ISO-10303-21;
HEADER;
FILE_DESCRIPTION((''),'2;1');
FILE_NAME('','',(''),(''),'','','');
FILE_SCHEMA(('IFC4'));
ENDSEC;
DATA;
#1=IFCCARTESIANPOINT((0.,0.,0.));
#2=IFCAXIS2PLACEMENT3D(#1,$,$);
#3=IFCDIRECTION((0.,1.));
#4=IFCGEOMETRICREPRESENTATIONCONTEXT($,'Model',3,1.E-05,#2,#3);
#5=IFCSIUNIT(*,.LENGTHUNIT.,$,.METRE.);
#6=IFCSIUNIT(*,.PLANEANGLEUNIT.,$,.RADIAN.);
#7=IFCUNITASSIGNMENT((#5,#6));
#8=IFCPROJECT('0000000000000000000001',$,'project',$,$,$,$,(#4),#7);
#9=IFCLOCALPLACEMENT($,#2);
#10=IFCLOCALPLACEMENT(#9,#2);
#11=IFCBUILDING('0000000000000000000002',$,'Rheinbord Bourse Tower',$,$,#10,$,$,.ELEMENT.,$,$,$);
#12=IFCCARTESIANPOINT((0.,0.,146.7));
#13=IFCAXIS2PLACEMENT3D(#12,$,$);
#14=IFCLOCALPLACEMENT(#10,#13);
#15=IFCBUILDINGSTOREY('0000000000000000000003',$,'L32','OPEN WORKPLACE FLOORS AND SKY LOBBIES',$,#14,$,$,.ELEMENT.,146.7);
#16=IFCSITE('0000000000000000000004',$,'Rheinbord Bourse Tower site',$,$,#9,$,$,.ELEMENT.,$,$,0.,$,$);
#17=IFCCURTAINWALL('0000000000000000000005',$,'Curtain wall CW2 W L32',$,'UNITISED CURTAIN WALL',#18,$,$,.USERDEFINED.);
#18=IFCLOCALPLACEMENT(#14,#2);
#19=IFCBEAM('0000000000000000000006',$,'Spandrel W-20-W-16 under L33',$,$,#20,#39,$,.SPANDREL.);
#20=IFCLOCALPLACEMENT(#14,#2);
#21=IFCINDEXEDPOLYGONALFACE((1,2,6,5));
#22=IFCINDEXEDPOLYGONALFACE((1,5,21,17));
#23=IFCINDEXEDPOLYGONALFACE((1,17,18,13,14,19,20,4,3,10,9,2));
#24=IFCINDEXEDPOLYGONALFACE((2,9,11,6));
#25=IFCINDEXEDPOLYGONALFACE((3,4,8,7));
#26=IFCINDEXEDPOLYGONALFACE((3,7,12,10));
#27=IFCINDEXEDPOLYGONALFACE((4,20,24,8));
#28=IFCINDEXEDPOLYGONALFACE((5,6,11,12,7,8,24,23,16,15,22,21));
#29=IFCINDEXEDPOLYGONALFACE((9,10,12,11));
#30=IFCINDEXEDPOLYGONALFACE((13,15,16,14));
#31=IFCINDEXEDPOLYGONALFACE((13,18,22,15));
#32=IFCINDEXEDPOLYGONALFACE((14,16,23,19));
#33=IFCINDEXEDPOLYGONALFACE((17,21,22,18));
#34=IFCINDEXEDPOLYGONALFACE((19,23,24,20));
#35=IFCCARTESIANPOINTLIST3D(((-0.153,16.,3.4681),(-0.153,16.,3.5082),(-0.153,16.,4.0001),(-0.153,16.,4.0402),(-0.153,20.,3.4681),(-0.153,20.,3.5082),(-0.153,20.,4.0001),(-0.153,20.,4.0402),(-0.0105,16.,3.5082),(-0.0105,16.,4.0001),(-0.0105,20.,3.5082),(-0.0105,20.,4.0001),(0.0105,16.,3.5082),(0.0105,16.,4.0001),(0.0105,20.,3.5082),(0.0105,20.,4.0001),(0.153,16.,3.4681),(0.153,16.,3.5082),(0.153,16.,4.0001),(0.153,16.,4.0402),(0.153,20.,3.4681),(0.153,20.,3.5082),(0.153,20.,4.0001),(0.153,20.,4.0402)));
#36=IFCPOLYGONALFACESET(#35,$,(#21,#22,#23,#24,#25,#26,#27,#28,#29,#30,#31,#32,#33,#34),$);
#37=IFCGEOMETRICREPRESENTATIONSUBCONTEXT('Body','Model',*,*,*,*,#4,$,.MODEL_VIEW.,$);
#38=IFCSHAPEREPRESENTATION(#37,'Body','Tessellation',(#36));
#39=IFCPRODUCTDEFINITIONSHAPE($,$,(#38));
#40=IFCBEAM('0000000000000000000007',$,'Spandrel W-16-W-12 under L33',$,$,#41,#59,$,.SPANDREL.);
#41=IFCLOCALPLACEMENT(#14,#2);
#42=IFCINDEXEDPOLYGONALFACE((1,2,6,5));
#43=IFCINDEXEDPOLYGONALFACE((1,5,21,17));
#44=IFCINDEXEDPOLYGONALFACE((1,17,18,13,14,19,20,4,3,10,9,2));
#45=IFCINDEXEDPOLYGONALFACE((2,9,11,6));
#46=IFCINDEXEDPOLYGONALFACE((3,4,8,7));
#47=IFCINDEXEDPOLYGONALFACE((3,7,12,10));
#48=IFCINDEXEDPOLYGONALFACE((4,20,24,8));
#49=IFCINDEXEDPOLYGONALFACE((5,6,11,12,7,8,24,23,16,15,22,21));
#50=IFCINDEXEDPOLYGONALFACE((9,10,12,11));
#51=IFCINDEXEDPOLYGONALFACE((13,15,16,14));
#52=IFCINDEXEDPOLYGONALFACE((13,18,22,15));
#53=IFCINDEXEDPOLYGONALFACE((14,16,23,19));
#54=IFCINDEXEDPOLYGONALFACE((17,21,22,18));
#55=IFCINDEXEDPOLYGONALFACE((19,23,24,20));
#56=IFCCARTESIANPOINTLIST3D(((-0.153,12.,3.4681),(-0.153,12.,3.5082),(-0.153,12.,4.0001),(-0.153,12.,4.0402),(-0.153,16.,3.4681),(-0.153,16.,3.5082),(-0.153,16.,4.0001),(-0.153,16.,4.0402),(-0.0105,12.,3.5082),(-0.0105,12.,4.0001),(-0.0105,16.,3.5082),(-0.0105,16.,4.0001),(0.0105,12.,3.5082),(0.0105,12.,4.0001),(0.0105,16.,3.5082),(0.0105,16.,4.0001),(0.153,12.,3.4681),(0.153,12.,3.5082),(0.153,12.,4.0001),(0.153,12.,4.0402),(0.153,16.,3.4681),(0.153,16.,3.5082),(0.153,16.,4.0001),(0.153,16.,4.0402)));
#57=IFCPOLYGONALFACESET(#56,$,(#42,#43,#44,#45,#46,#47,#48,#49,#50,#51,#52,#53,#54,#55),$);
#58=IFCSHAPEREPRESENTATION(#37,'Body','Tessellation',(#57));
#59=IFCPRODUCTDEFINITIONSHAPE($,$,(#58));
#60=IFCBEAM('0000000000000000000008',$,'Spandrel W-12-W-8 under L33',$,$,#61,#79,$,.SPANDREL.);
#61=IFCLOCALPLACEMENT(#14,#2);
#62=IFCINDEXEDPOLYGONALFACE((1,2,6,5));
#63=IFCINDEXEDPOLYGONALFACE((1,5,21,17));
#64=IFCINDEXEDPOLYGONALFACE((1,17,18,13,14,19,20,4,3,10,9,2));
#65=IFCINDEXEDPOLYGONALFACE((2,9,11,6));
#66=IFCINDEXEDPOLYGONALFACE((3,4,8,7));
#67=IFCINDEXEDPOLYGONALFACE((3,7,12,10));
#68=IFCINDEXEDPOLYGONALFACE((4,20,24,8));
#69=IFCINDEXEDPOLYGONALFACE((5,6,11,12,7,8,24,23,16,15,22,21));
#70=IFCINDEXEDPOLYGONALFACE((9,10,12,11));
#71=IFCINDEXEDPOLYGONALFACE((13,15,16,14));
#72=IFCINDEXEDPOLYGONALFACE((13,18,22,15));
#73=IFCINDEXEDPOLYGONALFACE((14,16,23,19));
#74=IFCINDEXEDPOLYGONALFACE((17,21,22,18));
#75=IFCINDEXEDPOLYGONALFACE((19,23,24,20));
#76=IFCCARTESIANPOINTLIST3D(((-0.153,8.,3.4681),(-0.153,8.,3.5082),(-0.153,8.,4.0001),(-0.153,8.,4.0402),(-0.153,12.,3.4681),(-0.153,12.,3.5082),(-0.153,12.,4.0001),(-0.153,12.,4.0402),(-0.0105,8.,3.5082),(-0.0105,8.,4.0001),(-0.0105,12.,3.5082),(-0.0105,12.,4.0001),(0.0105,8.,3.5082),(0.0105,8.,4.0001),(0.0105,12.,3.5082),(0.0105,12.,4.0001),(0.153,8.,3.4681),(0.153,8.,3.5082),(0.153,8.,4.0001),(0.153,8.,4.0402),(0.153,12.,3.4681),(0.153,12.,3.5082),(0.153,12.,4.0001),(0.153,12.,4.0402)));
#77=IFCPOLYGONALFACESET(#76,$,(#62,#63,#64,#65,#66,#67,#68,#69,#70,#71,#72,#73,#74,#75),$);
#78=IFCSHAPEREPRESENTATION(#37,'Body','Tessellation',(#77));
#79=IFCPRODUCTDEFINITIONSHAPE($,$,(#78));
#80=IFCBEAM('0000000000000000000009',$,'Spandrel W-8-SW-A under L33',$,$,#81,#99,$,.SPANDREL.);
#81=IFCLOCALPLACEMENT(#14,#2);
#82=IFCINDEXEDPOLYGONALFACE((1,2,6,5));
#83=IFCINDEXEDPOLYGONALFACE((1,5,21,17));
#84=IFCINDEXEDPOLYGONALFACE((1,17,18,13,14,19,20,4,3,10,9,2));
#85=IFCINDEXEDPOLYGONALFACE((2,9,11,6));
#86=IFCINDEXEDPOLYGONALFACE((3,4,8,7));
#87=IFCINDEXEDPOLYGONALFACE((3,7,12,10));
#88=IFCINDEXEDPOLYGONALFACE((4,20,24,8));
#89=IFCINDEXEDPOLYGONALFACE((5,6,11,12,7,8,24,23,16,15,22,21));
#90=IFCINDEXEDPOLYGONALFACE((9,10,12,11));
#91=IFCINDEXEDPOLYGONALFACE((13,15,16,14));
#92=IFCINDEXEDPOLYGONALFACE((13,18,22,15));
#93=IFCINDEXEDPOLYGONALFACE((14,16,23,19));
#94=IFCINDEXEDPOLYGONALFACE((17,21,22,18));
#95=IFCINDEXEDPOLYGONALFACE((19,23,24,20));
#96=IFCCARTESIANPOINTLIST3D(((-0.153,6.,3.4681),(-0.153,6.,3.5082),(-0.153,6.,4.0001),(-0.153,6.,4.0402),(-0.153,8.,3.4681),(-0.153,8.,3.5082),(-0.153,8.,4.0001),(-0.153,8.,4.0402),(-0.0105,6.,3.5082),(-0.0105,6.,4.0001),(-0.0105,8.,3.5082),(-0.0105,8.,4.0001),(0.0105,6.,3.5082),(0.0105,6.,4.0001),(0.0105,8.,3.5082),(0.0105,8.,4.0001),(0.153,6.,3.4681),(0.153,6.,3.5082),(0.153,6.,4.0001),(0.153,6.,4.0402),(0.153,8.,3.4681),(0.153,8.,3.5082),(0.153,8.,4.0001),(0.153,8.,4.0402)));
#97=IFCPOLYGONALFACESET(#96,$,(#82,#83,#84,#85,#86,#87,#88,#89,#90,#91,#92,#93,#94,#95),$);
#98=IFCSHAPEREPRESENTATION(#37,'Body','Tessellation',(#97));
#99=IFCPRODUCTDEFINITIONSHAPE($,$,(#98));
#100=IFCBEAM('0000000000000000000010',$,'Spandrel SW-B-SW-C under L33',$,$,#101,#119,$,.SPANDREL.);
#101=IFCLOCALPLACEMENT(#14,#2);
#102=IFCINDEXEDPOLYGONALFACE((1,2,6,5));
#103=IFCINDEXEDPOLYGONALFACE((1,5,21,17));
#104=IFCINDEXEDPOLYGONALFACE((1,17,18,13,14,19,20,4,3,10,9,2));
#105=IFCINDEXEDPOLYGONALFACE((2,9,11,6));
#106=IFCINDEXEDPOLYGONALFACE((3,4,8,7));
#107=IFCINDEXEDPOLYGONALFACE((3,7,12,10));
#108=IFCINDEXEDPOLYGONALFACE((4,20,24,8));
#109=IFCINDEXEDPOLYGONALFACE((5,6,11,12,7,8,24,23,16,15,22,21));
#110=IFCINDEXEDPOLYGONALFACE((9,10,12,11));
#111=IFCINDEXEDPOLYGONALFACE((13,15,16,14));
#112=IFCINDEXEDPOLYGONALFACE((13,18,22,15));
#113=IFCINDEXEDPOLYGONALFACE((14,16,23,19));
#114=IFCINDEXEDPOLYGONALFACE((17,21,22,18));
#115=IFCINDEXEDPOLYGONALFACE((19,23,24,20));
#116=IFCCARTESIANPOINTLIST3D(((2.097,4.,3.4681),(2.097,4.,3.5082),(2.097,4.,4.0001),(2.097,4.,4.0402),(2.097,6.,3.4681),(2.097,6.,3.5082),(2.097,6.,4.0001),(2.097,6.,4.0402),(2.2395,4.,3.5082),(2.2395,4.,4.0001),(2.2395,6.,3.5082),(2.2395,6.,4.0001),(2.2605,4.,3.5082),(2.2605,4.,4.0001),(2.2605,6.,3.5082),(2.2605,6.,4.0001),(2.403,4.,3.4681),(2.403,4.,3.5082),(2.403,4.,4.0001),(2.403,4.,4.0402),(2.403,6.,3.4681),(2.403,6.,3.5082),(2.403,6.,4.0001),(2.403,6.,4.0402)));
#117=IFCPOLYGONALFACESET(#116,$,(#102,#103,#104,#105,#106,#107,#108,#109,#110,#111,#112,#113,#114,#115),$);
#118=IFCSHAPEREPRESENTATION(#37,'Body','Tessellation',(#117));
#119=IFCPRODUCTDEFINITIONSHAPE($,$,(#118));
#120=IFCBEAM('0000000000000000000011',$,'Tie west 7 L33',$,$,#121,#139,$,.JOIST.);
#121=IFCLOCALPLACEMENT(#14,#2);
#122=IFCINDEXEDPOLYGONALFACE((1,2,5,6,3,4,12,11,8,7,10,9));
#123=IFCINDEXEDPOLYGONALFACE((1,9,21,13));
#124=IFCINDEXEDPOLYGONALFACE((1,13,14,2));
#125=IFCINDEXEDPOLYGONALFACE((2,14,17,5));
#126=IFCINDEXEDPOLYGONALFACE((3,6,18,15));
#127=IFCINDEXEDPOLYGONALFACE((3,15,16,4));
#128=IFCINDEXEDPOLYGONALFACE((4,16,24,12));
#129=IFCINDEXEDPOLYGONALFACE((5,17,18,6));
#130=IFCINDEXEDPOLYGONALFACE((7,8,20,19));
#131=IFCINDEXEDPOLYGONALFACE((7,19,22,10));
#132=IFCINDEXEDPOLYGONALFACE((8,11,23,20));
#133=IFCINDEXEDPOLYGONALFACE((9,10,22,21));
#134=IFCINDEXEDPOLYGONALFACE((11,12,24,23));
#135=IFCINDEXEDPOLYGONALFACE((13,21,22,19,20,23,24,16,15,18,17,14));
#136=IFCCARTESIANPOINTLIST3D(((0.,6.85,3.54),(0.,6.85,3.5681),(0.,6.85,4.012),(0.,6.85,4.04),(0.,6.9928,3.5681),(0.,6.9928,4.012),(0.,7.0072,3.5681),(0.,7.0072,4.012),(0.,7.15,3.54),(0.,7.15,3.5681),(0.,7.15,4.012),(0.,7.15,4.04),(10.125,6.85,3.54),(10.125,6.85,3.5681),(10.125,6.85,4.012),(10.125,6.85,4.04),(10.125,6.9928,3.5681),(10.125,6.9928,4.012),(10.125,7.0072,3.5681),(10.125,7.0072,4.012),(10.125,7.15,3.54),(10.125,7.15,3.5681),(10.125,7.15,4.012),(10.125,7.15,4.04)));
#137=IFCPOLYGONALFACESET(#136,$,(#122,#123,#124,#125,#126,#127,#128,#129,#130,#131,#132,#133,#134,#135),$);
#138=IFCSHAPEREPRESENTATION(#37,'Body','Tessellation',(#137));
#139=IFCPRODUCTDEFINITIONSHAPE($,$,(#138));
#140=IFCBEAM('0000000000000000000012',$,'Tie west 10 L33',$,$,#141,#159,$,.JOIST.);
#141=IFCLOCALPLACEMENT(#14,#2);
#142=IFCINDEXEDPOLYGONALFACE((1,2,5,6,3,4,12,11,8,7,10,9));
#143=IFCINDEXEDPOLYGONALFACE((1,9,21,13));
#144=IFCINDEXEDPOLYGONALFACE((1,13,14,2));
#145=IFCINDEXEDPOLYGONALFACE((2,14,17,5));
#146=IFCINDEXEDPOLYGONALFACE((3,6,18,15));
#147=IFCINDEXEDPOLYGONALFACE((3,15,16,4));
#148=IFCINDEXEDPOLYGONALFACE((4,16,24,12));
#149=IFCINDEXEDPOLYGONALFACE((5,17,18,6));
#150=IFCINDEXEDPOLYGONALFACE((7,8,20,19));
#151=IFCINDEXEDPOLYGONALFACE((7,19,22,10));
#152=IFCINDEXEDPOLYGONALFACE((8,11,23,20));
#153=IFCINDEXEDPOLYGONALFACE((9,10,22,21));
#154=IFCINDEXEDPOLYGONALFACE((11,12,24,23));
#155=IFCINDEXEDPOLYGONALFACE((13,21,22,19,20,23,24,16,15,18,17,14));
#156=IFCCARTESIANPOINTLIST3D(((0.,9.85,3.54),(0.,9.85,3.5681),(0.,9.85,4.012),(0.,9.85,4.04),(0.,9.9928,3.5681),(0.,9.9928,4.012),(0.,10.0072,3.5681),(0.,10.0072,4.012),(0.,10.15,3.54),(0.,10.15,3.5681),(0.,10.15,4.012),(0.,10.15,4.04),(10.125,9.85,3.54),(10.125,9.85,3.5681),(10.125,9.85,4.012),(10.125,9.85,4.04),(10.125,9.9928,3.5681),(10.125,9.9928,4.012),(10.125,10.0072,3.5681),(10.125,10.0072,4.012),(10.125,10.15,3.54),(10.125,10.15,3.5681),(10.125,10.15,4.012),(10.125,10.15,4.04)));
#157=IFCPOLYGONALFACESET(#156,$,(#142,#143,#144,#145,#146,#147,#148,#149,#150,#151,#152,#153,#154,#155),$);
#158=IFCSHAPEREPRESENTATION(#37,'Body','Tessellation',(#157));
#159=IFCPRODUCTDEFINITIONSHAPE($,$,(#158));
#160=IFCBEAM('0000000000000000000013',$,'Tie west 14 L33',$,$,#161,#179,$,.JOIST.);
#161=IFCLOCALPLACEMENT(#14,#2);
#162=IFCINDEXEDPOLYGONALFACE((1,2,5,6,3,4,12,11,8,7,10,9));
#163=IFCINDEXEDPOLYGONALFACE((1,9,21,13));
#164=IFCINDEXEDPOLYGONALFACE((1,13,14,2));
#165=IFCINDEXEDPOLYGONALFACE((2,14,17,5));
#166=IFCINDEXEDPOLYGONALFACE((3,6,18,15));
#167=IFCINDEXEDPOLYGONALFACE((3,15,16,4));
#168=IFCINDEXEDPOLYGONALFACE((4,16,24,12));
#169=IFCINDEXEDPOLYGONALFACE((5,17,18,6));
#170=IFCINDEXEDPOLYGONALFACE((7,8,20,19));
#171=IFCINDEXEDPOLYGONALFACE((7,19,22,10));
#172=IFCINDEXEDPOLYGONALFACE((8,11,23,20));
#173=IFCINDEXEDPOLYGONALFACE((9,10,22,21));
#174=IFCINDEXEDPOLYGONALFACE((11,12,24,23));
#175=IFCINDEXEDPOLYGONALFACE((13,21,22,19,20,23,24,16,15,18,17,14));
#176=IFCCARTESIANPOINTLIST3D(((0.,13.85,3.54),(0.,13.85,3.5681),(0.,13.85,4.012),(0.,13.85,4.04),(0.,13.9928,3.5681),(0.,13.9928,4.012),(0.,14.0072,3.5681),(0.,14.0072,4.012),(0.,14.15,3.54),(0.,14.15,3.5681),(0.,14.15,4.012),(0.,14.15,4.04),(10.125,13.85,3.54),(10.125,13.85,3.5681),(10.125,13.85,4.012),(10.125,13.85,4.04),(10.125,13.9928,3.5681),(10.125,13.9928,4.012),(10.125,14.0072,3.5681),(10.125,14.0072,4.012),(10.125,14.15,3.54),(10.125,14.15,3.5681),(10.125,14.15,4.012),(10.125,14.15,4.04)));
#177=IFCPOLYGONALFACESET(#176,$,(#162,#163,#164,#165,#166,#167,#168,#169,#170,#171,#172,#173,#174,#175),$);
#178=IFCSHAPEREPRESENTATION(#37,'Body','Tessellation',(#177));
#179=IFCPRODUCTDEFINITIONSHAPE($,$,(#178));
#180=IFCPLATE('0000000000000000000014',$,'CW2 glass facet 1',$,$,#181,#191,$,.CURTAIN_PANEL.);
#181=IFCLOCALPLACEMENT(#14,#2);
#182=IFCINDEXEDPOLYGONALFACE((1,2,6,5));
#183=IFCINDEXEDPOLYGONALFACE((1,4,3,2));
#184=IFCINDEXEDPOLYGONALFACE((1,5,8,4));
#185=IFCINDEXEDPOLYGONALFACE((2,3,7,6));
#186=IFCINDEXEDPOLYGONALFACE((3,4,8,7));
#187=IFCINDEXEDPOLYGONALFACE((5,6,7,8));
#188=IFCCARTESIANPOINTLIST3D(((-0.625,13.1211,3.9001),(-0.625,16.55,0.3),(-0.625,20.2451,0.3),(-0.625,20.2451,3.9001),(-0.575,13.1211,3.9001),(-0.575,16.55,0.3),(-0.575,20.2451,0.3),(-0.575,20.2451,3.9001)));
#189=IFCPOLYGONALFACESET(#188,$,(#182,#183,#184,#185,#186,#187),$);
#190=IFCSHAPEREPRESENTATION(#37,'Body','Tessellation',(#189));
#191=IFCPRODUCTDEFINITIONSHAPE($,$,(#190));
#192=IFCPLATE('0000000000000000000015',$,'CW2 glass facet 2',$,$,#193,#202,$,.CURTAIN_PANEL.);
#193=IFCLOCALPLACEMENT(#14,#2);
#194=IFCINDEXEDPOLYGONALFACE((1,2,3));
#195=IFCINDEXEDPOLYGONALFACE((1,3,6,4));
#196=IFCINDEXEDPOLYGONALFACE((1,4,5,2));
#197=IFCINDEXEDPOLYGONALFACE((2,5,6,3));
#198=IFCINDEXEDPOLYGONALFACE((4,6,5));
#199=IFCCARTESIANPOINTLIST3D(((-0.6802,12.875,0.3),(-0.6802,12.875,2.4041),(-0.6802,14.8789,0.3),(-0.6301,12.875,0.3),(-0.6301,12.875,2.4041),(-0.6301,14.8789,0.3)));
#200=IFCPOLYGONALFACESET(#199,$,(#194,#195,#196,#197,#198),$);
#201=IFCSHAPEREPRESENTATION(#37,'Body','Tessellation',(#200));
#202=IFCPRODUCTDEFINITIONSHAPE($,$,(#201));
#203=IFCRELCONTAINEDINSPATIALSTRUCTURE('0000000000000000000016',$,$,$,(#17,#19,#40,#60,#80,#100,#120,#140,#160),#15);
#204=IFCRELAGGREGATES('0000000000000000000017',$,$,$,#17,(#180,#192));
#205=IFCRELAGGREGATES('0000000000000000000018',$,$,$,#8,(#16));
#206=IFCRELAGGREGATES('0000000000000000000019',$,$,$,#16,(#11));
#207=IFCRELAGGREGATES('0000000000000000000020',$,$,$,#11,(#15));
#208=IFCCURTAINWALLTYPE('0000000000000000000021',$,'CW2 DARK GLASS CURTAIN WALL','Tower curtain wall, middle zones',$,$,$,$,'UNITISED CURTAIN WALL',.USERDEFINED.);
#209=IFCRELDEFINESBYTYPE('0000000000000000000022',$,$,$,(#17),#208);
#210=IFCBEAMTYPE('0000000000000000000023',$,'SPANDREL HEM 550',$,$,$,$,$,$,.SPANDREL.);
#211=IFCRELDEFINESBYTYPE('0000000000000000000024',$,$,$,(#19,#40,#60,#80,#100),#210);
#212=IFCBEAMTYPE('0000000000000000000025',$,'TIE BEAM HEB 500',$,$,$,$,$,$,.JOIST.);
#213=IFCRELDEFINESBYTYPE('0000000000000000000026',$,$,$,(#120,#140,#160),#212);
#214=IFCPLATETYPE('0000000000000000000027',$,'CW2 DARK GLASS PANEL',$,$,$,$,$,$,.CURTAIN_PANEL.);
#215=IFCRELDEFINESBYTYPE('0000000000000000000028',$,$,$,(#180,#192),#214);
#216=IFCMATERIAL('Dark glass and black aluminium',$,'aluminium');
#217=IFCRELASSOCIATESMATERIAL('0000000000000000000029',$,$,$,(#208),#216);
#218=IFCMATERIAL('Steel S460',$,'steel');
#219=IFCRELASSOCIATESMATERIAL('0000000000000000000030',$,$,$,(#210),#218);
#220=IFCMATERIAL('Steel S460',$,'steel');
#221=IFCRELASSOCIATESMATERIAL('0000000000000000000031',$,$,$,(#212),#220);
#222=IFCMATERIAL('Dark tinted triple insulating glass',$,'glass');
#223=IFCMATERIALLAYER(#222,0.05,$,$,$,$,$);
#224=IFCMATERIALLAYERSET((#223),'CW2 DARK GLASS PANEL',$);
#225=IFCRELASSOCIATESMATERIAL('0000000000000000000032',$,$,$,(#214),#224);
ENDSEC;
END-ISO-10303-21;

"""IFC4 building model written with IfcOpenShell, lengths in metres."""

from ifc_helpers import new_model, si_unit, direction, frame, origin, origin_2d, place, context, subcontext, project, spatial, polyline, i_section, outline, extrude, material, layer, layer_set, material_profile, profile_set, type_object, element, aggregate, save


model = new_model("IFC4")

# Units and contexts
model_context = context("Model", 3, precision=1e-05, world=origin(), true_north=direction((0.0, 1.0)))
body_context = subcontext(model_context, "Body", "Model", "MODEL_VIEW")
ifc_project = project(units=[si_unit("LENGTHUNIT", "METRE"), si_unit("PLANEANGLEUNIT", "RADIAN")], contexts=[model_context])

# Site, building, storey
site_placement = place(None, origin())
site = spatial("IfcSite", under=ifc_project, at=site_placement, Name="Rheinbord Bourse Tower site", CompositionType="ELEMENT", RefElevation=0.0)
building_placement = place(site_placement, origin())
building = spatial("IfcBuilding", under=site, at=building_placement, Name="Rheinbord Bourse Tower", CompositionType="ELEMENT")
storey_placement = place(building_placement, frame((0.0, 0.0, 146.7)))
storey = spatial("IfcBuildingStorey", under=building, at=storey_placement, Name="L32", Description="OPEN WORKPLACE FLOORS AND SKY LOBBIES", CompositionType="ELEMENT", Elevation=146.7)

# Curtain wall
ifc_material_1 = material(Name="Dark glass and black aluminium", Category="aluminium")
curtain_wall_type = type_object("IfcCurtainWallType", Name="CW2 DARK GLASS CURTAIN WALL", Description="Tower curtain wall, middle zones", ElementType="UNITISED CURTAIN WALL", PredefinedType="USERDEFINED", material=ifc_material_1)
curtain_wall_placement = place(storey_placement, origin())
curtain_wall = element("IfcCurtainWall", 1, at=curtain_wall_placement, inside=storey, type_object=curtain_wall_type, Name="Curtain wall CW2 W L32", ObjectType="UNITISED CURTAIN WALL", PredefinedType="USERDEFINED")

# Beams
ifc_material_2 = material(Name="Steel S460", Category="steel")
ifc_material_profile_1 = material_profile(ifc_material_2, i_section(OverallWidth=0.3059, OverallDepth=0.572, WebThickness=0.021, FlangeThickness=0.04, at=origin_2d()), Name="HEM 550")
ifc_profile_set_1 = profile_set([ifc_material_profile_1], Name="Steel S460")
beam_type_1 = type_object("IfcBeamType", Name="SPANDREL HEM 550", PredefinedType="SPANDREL", material=ifc_profile_set_1)
for number, where, z_axis, x_axis, name in (
    (2, (0.0, 20.0, 3.7542), (0.0, -1.0, 0.0), (1.0, 0.0, 0.0), "Spandrel W-20-W-16 under L33"),
    (3, (0.0, 16.0, 3.7542), (0.0, -1.0, 0.0), (1.0, 0.0, 0.0), "Spandrel W-16-W-12 under L33"),
    (4, (0.0, 12.0, 3.7542), (0.0, -1.0, 0.0), (1.0, 0.0, 0.0), "Spandrel W-12-W-8 under L33"),
):
    element("IfcBeam", number, at=place(storey_placement, frame(where, z_axis=z_axis, x_axis=x_axis)), inside=storey, type_object=beam_type_1, Name=name, PredefinedType="SPANDREL", context=body_context, shape_type="SweptSolid", body=[
        extrude(i_section(OverallWidth=0.3059, OverallDepth=0.572, WebThickness=0.021, FlangeThickness=0.04, at=origin_2d()), origin(), (0.0, 0.0, 1.0), 4.0),
    ])
for number, where, z_axis, x_axis, name in (
    (5, (0.0, 8.0, 3.7542), (0.0, -1.0, 0.0), (1.0, 0.0, 0.0), "Spandrel W-8-SW-A under L33"),
    (6, (2.25, 6.0, 3.7542), (0.0, -1.0, 0.0), (1.0, 0.0, 0.0), "Spandrel SW-B-SW-C under L33"),
):
    element("IfcBeam", number, at=place(storey_placement, frame(where, z_axis=z_axis, x_axis=x_axis)), inside=storey, type_object=beam_type_1, Name=name, PredefinedType="SPANDREL", context=body_context, shape_type="SweptSolid", body=[
        extrude(i_section(OverallWidth=0.3059, OverallDepth=0.572, WebThickness=0.021, FlangeThickness=0.04, at=origin_2d()), origin(), (0.0, 0.0, 1.0), 2.0),
    ])
ifc_material_3 = material(Name="Steel S460", Category="steel")
ifc_material_profile_2 = material_profile(ifc_material_3, i_section(OverallWidth=0.3, OverallDepth=0.5, WebThickness=0.0144, FlangeThickness=0.0281, at=origin_2d()), Name="HEB 500")
ifc_profile_set_2 = profile_set([ifc_material_profile_2], Name="Steel S460")
beam_type_2 = type_object("IfcBeamType", Name="TIE BEAM HEB 500", PredefinedType="JOIST", material=ifc_profile_set_2)
for number, where, z_axis, x_axis, name in (
    (7, (0.0, 7.0, 3.79), (1.0, 0.0, 0.0), (0.0, 1.0, 0.0), "Tie west 7 L33"),
    (8, (0.0, 10.0, 3.79), (1.0, 0.0, 0.0), (0.0, 1.0, 0.0), "Tie west 10 L33"),
    (9, (0.0, 14.0, 3.79), (1.0, 0.0, 0.0), (0.0, 1.0, 0.0), "Tie west 14 L33"),
):
    element("IfcBeam", number, at=place(storey_placement, frame(where, z_axis=z_axis, x_axis=x_axis)), inside=storey, type_object=beam_type_2, Name=name, PredefinedType="JOIST", context=body_context, shape_type="SweptSolid", body=[
        extrude(i_section(OverallWidth=0.3, OverallDepth=0.5, WebThickness=0.0144, FlangeThickness=0.0281, at=origin_2d()), origin(), (0.0, 0.0, 1.0), 10.125),
    ])

# Plates
ifc_material_4 = material(Name="Dark tinted triple insulating glass", Category="glass")
ifc_layer_1 = layer(ifc_material_4, 0.05)
ifc_layer_set_1 = layer_set([ifc_layer_1], Name="CW2 DARK GLASS PANEL")
plate_type = type_object("IfcPlateType", Name="CW2 DARK GLASS PANEL", PredefinedType="CURTAIN_PANEL", material=ifc_layer_set_1)
plate_1_placement = place(storey_placement, frame((-0.625, 20.2451, 0.3), z_axis=(1.0, 0.0, 0.0), x_axis=(0.0, 0.0, 1.0)))
plate_1 = element("IfcPlate", 10, at=plate_1_placement, type_object=plate_type, Name="CW2 glass facet 1", PredefinedType="CURTAIN_PANEL", context=body_context, shape_type="SweptSolid", body=[
    extrude(outline(polyline([(0.0, 0.0), (3.6001, 0.0), (3.6001, 7.124), (0.0, 3.6951), (0.0, 0.0)])), origin(), (0.0, 0.0, 1.0), 0.05),
])
plate_2_placement = place(storey_placement, frame((-0.6802, 12.875, 0.3), z_axis=(1.0, 0.0, 0.0), x_axis=(0.0, 1.0, 0.0)))
plate_2 = element("IfcPlate", 11, at=plate_2_placement, type_object=plate_type, Name="CW2 glass facet 2", PredefinedType="CURTAIN_PANEL", context=body_context, shape_type="SweptSolid", body=[
    extrude(outline(polyline([(0.0, 0.0), (2.0039, 0.0), (0.0, 2.104), (0.0, 0.0)])), origin(), (0.0, 0.0, 1.0), 0.05),
])
aggregate(curtain_wall, [plate_1, plate_2])

save(model, "model.ifc")
